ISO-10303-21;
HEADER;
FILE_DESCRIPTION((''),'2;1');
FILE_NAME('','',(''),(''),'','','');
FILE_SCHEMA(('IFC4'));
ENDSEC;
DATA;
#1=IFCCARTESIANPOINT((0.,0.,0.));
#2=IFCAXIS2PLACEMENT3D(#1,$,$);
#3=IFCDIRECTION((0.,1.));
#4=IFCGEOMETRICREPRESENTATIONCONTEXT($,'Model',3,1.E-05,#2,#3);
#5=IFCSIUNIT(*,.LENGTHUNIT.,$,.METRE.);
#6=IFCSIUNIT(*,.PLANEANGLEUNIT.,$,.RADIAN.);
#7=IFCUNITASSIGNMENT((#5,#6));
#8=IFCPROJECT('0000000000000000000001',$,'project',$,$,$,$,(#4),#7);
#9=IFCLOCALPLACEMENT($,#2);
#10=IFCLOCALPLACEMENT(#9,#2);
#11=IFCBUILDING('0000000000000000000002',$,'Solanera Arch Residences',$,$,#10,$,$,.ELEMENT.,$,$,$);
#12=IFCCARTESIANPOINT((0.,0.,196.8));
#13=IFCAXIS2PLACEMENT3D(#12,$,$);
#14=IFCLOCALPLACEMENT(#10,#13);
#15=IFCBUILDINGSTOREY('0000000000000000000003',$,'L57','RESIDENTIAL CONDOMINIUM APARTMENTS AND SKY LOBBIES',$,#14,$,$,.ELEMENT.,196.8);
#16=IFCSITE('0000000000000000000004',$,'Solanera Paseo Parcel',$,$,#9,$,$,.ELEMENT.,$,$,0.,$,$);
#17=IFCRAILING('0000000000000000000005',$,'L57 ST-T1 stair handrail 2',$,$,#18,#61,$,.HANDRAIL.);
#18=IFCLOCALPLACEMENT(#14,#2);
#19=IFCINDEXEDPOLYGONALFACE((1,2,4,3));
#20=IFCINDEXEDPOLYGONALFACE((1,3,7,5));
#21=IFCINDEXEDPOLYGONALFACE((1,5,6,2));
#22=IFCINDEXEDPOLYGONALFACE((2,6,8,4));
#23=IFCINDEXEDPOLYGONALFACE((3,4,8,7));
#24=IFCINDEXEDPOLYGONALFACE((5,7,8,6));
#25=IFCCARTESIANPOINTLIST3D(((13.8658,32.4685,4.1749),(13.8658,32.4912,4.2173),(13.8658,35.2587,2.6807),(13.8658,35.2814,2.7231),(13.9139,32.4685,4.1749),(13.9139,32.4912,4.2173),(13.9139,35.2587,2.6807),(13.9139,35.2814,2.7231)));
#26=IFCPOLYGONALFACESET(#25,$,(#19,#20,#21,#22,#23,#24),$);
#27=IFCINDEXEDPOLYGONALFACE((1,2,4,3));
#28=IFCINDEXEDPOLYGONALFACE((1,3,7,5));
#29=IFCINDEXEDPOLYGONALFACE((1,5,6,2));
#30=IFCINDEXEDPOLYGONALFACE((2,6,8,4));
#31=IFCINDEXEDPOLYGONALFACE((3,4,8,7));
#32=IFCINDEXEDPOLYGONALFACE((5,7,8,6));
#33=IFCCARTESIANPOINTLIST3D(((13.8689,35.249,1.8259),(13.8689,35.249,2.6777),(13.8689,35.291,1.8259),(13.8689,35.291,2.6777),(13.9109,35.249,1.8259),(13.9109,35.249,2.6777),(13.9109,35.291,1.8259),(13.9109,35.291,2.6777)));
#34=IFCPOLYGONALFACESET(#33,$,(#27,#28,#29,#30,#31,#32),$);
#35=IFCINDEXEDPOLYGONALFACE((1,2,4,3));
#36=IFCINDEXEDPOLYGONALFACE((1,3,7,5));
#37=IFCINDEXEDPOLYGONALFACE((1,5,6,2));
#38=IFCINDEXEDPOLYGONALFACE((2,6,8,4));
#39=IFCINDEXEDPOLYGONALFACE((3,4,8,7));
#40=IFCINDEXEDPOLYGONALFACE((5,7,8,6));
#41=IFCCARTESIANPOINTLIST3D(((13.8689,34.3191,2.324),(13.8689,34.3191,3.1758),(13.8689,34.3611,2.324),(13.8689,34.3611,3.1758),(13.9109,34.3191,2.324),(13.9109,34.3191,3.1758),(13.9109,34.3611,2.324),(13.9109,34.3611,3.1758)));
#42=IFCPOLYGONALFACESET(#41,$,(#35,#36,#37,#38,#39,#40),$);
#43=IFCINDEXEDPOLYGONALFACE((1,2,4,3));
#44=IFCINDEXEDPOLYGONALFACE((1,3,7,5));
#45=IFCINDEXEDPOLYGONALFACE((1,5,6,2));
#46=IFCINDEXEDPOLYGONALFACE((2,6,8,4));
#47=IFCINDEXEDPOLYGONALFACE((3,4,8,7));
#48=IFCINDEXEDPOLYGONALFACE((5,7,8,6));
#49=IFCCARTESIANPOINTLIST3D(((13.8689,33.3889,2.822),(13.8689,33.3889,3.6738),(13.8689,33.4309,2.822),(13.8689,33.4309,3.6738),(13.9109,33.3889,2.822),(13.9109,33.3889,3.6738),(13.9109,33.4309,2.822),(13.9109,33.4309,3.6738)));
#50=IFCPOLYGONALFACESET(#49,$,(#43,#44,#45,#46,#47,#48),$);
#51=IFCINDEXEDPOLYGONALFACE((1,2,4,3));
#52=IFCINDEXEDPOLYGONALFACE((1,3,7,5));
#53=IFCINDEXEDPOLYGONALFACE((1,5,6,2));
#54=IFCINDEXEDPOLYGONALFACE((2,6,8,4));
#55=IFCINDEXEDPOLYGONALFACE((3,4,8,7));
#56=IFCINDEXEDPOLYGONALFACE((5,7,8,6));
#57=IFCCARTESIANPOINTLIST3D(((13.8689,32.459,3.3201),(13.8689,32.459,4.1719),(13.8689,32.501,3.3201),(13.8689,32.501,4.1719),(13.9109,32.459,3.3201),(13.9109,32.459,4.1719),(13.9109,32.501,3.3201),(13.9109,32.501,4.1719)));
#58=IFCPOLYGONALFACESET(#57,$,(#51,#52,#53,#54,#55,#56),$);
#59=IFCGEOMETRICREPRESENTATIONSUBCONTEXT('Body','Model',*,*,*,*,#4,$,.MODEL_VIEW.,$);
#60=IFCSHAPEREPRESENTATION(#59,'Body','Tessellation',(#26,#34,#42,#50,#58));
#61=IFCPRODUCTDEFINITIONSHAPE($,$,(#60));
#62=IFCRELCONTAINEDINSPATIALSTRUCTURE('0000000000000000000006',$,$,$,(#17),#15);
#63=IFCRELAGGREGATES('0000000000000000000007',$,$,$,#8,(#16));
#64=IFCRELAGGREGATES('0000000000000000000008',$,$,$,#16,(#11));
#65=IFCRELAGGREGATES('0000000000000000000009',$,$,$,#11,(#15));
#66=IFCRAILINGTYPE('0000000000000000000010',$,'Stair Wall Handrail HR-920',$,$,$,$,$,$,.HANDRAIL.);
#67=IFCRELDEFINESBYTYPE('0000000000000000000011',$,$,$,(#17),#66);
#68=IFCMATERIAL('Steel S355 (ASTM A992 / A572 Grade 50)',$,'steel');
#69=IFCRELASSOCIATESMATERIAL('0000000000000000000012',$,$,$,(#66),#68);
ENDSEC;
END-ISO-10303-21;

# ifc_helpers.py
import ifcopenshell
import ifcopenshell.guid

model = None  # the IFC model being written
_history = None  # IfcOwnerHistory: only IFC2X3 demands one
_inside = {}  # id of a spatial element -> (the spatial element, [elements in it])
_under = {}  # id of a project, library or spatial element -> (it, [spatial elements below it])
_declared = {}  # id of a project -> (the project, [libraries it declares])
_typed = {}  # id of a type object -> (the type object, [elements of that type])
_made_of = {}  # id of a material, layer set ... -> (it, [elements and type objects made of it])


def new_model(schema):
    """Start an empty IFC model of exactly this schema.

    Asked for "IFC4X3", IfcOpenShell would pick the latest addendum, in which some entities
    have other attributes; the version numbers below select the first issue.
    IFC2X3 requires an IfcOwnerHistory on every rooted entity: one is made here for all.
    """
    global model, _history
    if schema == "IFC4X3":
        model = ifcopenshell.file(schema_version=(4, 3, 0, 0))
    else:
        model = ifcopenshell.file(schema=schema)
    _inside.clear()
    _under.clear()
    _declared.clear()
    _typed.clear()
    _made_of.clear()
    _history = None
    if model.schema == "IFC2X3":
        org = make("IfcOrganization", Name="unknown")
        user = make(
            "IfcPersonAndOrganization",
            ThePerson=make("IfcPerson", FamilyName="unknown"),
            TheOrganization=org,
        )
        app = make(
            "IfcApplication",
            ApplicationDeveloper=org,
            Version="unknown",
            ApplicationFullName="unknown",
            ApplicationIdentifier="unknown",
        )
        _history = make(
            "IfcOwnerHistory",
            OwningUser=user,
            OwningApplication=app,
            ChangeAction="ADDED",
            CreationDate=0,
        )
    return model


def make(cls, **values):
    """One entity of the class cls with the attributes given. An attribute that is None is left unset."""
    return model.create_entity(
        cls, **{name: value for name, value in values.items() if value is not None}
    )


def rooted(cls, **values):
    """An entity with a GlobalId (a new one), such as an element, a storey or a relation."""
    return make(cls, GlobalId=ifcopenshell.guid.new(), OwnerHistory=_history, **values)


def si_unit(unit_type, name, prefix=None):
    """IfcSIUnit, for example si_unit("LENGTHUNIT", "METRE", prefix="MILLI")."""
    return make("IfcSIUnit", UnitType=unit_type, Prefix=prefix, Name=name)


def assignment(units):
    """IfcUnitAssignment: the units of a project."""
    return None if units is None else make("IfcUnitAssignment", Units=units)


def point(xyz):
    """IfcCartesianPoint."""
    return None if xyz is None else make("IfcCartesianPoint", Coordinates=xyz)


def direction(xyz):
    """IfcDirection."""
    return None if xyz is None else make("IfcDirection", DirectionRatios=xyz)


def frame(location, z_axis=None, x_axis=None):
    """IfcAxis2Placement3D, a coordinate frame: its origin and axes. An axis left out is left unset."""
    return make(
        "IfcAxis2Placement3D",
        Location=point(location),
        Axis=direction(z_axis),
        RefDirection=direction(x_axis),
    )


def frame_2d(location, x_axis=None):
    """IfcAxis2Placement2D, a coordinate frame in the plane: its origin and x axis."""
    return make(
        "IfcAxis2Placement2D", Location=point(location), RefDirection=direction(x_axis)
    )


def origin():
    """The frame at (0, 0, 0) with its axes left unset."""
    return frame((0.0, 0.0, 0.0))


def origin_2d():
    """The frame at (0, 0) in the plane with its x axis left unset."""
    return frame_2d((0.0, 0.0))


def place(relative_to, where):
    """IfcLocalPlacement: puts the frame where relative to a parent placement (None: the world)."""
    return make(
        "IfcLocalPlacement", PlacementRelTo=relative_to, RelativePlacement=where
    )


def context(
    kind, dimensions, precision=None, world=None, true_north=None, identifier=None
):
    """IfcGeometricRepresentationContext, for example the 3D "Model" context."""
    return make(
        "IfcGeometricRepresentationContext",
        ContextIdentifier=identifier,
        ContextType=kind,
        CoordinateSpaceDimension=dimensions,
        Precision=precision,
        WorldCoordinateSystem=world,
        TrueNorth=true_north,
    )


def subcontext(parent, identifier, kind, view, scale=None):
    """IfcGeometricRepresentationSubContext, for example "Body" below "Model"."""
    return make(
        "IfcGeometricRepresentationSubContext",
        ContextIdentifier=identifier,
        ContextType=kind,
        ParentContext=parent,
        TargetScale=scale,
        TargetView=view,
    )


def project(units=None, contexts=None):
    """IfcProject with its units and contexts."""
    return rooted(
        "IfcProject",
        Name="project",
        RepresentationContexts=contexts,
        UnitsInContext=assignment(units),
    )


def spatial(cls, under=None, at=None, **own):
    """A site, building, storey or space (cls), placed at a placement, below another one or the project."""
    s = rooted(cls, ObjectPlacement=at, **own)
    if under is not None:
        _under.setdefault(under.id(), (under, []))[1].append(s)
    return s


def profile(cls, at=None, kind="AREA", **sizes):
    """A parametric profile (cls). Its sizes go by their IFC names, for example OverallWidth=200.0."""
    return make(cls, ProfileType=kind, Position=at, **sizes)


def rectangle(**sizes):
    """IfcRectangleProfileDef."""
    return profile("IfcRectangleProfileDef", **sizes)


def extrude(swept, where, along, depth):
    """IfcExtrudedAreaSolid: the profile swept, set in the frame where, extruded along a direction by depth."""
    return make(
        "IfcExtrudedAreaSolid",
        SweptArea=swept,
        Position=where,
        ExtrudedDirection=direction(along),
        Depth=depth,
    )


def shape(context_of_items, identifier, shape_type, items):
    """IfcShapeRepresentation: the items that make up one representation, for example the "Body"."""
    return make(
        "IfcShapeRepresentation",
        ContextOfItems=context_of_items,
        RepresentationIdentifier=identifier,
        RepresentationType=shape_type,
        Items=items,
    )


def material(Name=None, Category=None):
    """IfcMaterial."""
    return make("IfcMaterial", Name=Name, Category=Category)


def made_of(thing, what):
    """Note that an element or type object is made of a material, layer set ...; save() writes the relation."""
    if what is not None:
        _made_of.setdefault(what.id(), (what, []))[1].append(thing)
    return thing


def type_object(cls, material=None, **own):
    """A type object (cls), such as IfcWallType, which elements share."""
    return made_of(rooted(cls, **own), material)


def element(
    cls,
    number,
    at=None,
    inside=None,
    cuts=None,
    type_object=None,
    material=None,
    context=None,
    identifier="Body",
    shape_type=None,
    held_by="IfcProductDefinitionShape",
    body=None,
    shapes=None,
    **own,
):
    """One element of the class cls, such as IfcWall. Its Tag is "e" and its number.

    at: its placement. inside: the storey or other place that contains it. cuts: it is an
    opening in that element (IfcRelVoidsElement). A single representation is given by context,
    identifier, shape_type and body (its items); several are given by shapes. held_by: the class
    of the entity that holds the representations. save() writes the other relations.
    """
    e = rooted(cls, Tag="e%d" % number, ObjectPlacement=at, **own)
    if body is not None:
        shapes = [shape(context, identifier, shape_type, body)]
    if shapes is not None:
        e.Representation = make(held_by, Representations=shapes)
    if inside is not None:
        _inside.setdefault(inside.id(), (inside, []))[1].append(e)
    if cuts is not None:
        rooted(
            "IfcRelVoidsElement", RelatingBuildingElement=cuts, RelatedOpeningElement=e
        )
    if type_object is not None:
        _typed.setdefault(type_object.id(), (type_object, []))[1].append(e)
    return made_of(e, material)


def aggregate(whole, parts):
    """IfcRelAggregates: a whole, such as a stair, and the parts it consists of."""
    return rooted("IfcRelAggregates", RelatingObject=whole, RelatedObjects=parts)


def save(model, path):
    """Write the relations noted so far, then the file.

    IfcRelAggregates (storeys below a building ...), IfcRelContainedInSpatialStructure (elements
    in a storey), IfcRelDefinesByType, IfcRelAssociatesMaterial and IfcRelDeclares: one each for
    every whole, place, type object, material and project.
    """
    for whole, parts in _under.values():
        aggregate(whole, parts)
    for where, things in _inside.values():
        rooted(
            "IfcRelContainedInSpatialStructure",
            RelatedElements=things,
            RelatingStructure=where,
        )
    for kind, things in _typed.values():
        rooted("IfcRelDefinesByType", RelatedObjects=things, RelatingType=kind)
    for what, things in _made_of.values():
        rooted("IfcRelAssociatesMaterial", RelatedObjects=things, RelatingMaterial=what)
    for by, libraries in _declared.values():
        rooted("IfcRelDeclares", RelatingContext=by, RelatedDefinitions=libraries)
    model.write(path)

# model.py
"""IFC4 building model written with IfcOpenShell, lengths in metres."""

from ifc_helpers import new_model, si_unit, direction, frame, origin, origin_2d, place, context, subcontext, project, spatial, rectangle, extrude, material, type_object, element, save


model = new_model("IFC4")

# Units and contexts
model_context = context("Model", 3, precision=1e-05, world=origin(), true_north=direction((0.0, 1.0)))
body_context = subcontext(model_context, "Body", "Model", "MODEL_VIEW")
ifc_project = project(units=[si_unit("LENGTHUNIT", "METRE"), si_unit("PLANEANGLEUNIT", "RADIAN")], contexts=[model_context])

# Site, building, storey
site_placement = place(None, origin())
site = spatial("IfcSite", under=ifc_project, at=site_placement, Name="Solanera Paseo Parcel", CompositionType="ELEMENT", RefElevation=0.0)
building_placement = place(site_placement, origin())
building = spatial("IfcBuilding", under=site, at=building_placement, Name="Solanera Arch Residences", CompositionType="ELEMENT")
storey_placement = place(building_placement, frame((0.0, 0.0, 196.8)))
storey = spatial("IfcBuildingStorey", under=building, at=storey_placement, Name="L57", Description="RESIDENTIAL CONDOMINIUM APARTMENTS AND SKY LOBBIES", CompositionType="ELEMENT", Elevation=196.8)

# Railing
ifc_material_1 = material(Name="Steel S355 (ASTM A992 / A572 Grade 50)", Category="steel")
railing_type_1 = type_object("IfcRailingType", Name="Stair Wall Handrail HR-920", PredefinedType="HANDRAIL", material=ifc_material_1)
railing_1_placement = place(storey_placement, frame((13.8899, 35.27, 1.8259)))
element("IfcRailing", 1, at=railing_1_placement, inside=storey, type_object=railing_type_1, Name="L57 ST-T1 stair handrail 2", PredefinedType="HANDRAIL", context=body_context, shape_type="SweptSolid", body=[
    extrude(rectangle(XDim=0.0481, YDim=0.0481, at=origin_2d()), frame((0.0, 0.0, 0.876), z_axis=(0.0, -0.881549, 0.472093), x_axis=(1.0, 0.0, 0.0)), (0.0, 0.0, 1.0), 3.165),
    extrude(rectangle(XDim=0.042, YDim=0.042, at=origin_2d()), origin(), (0.0, 0.0, 1.0), 0.8518),
    extrude(rectangle(XDim=0.042, YDim=0.042, at=origin_2d()), frame((0.0, -0.9299, 0.498)), (0.0, 0.0, 1.0), 0.8518),
    extrude(rectangle(XDim=0.042, YDim=0.042, at=origin_2d()), frame((0.0, -1.8601, 0.9961)), (0.0, 0.0, 1.0), 0.8518),
    extrude(rectangle(XDim=0.042, YDim=0.042, at=origin_2d()), frame((0.0, -2.79, 1.4941)), (0.0, 0.0, 1.0), 0.8518),
])

save(model, "model.ifc")
